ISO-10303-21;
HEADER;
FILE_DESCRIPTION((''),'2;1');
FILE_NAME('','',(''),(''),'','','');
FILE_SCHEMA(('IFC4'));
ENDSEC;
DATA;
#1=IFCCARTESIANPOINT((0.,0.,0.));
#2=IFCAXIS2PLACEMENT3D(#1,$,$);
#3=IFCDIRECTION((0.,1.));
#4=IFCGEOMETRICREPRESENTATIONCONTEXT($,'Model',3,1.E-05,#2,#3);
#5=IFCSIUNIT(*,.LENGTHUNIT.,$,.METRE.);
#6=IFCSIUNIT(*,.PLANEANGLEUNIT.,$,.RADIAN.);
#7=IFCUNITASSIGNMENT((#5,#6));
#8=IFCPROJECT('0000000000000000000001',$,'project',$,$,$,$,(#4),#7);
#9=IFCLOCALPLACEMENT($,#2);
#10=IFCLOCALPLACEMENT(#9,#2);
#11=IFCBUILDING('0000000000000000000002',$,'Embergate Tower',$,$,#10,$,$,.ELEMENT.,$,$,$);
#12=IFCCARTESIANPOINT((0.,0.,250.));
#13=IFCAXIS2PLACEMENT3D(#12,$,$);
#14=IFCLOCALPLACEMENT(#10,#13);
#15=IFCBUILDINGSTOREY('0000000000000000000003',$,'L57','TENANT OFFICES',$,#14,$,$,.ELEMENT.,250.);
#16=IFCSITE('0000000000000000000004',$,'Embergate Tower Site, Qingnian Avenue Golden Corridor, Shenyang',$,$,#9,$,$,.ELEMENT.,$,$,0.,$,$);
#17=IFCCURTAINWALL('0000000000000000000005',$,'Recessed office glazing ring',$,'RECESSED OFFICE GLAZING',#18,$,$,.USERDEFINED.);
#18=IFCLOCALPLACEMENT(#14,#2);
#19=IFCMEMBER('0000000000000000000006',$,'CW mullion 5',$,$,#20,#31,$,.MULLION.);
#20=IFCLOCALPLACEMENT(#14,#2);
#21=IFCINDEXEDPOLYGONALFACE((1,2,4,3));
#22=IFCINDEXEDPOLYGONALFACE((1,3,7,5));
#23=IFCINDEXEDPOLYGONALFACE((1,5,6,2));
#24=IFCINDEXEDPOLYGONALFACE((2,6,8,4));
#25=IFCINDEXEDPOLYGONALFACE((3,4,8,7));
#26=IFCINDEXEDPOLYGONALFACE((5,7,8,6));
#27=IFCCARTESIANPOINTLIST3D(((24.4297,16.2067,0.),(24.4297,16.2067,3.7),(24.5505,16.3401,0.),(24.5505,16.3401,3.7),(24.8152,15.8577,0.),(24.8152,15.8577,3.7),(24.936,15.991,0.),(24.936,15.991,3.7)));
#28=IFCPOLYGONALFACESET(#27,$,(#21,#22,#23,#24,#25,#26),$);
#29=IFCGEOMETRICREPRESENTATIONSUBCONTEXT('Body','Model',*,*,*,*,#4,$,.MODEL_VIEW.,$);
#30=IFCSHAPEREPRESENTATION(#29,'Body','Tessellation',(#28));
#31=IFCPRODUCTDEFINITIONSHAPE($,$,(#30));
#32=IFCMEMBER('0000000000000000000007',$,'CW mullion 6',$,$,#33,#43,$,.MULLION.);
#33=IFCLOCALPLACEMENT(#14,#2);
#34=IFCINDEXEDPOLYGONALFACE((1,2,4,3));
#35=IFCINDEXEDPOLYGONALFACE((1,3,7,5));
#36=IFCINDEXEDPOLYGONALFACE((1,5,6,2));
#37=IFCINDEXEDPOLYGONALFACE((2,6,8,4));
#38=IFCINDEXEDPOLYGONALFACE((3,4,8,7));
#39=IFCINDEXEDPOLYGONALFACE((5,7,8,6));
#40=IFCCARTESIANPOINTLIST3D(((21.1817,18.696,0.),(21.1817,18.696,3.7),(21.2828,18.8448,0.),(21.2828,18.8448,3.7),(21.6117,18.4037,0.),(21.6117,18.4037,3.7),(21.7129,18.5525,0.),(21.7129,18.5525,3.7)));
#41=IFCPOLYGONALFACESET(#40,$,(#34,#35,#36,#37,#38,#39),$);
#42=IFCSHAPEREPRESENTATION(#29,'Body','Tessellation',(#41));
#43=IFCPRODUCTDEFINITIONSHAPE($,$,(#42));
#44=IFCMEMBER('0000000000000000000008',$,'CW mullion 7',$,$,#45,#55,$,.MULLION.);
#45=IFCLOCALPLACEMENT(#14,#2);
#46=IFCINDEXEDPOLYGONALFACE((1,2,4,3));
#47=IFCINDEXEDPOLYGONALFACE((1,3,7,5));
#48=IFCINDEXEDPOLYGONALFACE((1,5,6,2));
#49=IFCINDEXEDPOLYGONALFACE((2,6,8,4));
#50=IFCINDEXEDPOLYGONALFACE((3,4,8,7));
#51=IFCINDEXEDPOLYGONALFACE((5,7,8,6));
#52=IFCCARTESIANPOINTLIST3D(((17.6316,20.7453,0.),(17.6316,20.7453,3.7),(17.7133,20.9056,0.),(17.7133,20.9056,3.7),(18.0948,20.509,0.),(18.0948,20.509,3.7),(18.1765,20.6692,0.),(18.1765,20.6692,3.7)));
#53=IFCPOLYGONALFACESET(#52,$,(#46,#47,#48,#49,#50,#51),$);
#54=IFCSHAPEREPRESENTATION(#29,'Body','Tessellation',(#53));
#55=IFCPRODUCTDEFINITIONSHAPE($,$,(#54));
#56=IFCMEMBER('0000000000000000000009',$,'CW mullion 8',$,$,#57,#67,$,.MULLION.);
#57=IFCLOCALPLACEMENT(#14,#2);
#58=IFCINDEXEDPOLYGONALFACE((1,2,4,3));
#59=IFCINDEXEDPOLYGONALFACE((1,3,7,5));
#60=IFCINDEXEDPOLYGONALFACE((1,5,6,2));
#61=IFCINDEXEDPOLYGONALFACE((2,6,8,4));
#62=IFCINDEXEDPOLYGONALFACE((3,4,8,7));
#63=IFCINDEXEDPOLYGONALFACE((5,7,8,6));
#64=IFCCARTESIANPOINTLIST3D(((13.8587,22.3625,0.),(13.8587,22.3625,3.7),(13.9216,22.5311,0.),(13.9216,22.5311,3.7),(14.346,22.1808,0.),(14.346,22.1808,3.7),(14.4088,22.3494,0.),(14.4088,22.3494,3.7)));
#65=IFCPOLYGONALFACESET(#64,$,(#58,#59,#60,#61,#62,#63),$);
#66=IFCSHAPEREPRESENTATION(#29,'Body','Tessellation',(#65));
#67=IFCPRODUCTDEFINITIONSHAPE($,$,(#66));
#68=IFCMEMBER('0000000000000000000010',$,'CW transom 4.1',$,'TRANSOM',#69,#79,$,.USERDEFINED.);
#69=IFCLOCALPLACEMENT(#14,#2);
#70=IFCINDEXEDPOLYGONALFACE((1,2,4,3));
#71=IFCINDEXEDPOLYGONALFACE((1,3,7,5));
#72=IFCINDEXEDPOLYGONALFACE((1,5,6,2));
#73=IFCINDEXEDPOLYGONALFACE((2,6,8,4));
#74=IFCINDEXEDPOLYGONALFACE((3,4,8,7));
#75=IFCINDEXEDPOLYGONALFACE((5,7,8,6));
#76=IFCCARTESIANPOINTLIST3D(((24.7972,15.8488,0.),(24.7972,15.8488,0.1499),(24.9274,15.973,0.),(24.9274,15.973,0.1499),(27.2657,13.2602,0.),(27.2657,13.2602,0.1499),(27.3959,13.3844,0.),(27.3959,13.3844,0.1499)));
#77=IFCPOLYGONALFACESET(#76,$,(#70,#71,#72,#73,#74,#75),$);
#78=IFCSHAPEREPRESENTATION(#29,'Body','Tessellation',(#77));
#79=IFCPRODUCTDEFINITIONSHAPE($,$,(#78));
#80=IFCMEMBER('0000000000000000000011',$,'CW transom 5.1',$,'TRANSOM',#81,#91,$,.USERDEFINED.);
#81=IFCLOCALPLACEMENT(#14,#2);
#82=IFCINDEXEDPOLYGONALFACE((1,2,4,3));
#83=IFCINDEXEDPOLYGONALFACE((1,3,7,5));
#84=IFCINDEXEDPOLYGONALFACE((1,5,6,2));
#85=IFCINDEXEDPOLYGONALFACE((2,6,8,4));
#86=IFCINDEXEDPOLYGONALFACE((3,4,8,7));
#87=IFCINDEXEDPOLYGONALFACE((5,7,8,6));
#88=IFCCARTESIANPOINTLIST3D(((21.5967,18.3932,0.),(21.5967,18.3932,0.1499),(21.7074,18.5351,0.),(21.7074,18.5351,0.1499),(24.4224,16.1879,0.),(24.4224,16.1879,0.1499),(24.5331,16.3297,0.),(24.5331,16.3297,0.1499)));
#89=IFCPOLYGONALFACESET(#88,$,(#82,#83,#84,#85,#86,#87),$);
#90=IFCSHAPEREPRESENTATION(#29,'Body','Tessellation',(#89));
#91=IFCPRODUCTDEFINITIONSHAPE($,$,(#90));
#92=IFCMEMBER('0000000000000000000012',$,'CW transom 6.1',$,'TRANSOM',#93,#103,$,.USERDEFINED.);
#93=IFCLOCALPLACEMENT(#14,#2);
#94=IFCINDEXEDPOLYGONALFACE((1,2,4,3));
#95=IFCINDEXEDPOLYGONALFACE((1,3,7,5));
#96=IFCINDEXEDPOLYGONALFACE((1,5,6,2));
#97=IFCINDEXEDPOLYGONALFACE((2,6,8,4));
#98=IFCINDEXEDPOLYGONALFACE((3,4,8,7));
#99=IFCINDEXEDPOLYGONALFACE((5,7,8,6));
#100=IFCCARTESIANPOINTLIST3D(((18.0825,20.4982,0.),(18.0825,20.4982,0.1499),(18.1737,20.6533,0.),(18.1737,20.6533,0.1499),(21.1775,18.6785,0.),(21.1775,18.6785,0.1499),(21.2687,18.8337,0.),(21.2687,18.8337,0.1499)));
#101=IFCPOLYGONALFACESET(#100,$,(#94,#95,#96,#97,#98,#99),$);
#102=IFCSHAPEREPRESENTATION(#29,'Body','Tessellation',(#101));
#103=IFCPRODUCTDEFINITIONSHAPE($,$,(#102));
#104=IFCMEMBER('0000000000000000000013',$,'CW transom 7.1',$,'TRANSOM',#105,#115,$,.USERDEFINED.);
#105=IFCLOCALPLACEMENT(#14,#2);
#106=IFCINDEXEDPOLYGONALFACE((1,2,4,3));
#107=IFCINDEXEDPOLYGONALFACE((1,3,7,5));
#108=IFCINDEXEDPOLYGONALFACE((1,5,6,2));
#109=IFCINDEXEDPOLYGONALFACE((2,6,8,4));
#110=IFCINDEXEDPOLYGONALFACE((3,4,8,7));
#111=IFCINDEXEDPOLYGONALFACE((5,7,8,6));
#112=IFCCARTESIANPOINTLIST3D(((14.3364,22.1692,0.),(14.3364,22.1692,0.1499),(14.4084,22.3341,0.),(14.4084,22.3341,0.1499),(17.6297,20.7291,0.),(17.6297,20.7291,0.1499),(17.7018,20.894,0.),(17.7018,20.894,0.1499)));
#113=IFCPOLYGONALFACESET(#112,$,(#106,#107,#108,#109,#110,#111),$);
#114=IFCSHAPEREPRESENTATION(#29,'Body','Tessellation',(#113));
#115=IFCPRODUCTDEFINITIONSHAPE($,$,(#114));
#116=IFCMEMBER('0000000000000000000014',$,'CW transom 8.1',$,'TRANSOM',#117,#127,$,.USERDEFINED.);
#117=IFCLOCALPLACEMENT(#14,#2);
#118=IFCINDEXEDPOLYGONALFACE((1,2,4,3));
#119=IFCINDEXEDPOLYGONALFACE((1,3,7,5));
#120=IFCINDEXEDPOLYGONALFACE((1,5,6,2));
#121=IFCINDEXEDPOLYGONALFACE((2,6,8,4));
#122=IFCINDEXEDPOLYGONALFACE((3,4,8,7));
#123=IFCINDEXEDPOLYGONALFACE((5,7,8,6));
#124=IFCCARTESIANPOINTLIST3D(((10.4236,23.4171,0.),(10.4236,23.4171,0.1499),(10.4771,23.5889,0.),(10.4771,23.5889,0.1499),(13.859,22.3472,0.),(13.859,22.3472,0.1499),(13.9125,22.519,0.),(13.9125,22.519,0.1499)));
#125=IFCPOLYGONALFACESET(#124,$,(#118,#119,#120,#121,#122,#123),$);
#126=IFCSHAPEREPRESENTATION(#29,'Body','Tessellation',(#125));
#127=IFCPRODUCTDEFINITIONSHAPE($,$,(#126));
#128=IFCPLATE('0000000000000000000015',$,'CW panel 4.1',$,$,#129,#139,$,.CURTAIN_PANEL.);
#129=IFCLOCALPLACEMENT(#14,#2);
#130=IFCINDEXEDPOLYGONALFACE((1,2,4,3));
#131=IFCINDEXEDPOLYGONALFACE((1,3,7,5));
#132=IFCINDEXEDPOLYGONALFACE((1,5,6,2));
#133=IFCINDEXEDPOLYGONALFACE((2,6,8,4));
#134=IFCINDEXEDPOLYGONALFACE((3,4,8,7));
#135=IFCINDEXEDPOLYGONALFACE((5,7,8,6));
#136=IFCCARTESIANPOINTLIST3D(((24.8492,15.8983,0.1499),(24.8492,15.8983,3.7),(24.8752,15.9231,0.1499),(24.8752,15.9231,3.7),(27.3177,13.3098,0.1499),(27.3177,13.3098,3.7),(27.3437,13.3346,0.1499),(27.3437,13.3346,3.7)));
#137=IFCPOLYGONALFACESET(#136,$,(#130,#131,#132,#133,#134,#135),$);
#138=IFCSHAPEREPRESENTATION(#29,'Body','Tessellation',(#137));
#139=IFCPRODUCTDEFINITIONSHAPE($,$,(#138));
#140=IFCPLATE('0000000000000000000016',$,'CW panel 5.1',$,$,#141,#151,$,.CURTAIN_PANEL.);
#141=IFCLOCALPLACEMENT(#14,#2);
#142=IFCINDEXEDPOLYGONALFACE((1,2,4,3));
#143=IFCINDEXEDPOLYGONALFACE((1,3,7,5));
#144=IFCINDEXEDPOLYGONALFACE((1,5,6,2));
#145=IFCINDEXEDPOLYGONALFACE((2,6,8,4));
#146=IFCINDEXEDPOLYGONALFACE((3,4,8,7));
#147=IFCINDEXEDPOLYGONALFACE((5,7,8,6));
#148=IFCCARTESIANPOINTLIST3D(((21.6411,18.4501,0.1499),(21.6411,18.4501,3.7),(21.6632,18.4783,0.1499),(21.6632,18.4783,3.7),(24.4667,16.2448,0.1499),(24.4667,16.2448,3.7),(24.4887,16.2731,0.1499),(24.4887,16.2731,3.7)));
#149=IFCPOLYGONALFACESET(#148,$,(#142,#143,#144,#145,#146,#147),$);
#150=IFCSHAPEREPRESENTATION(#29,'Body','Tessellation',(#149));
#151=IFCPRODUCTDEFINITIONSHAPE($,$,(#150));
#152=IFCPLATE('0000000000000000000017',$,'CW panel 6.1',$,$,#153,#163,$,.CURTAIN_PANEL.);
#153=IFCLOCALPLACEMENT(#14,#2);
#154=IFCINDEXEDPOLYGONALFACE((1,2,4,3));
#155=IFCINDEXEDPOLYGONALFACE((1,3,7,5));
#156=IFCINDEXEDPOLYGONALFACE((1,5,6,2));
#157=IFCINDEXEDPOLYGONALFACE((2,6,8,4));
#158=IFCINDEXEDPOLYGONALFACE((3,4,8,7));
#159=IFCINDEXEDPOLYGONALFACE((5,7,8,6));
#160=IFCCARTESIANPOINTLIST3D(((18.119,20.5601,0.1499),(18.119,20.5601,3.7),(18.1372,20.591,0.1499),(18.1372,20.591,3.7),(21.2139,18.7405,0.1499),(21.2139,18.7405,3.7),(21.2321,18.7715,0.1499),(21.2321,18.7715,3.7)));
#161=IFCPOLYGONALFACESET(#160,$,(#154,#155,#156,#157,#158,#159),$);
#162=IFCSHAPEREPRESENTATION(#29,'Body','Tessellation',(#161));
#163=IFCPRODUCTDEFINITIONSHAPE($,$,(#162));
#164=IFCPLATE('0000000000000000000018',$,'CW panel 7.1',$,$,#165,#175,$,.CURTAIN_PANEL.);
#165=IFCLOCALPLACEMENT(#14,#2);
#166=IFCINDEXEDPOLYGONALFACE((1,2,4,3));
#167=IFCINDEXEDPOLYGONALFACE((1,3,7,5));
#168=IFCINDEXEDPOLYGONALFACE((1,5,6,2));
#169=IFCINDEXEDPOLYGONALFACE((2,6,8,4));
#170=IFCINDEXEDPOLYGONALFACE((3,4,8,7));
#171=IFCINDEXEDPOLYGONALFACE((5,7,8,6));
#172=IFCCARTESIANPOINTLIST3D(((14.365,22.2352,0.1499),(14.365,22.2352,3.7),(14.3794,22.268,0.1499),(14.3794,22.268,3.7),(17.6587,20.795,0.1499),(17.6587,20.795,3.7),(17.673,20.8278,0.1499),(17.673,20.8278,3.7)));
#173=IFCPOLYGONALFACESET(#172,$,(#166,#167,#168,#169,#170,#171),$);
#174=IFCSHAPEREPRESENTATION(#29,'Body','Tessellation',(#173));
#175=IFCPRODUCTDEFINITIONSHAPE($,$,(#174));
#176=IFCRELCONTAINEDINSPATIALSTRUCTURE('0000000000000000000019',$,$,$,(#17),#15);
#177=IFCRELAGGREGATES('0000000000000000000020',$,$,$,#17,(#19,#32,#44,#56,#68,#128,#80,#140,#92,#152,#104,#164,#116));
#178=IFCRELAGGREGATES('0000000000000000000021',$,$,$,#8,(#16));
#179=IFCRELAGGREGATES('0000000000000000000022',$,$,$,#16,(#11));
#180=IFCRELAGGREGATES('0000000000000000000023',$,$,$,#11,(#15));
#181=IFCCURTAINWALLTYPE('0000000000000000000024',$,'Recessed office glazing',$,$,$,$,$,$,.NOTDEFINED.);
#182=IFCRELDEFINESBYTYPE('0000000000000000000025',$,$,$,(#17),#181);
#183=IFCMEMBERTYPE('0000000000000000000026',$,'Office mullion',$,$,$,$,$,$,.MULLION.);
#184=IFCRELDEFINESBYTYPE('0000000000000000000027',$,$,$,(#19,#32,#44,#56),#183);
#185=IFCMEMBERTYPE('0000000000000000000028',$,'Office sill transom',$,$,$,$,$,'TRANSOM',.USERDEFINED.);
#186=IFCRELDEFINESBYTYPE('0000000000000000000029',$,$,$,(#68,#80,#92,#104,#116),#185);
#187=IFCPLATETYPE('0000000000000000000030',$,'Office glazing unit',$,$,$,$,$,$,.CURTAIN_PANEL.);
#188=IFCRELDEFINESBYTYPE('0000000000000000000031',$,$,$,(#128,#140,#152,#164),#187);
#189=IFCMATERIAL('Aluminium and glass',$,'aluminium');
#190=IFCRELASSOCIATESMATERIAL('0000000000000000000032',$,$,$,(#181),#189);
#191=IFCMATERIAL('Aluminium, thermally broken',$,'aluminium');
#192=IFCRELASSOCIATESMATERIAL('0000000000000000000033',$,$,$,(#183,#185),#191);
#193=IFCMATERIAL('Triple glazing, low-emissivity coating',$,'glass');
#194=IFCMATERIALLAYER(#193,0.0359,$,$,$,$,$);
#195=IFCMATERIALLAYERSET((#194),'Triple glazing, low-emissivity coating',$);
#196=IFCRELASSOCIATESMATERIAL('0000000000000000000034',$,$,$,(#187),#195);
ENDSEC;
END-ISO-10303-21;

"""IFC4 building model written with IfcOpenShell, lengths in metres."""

from ifc_helpers import new_model, si_unit, direction, frame, origin, origin_2d, place, context, subcontext, project, spatial, rectangle, extrude, source, transform, mapped, material, layer, layer_set, material_profile, profile_set, type_object, element, aggregate, save


model = new_model("IFC4")

# Units and contexts
model_context = context("Model", 3, precision=1e-05, world=origin(), true_north=direction((0.0, 1.0)))
body_context = subcontext(model_context, "Body", "Model", "MODEL_VIEW")
ifc_project = project(units=[si_unit("LENGTHUNIT", "METRE"), si_unit("PLANEANGLEUNIT", "RADIAN")], contexts=[model_context])

# Site, building, storey
site_placement = place(None, origin())
site = spatial("IfcSite", under=ifc_project, at=site_placement, Name="Embergate Tower Site, Qingnian Avenue Golden Corridor, Shenyang", CompositionType="ELEMENT", RefElevation=0.0)
building_placement = place(site_placement, origin())
building = spatial("IfcBuilding", under=site, at=building_placement, Name="Embergate Tower", CompositionType="ELEMENT")
storey_placement = place(building_placement, frame((0.0, 0.0, 250.0)))
storey = spatial("IfcBuildingStorey", under=building, at=storey_placement, Name="L57", Description="TENANT OFFICES", CompositionType="ELEMENT", Elevation=250.0)

# Curtain wall, members, plates
ifc_material_1 = material(Name="Aluminium and glass", Category="aluminium")
curtain_wall_type = type_object("IfcCurtainWallType", Name="Recessed office glazing", PredefinedType="NOTDEFINED", material=ifc_material_1)
curtain_wall_placement = place(storey_placement, origin())
curtain_wall = element("IfcCurtainWall", 1, at=curtain_wall_placement, inside=storey, type_object=curtain_wall_type, Name="Recessed office glazing ring", ObjectType="RECESSED OFFICE GLAZING", PredefinedType="USERDEFINED")
ifc_material_2 = material(Name="Aluminium, thermally broken", Category="aluminium")
ifc_material_profile_1 = material_profile(ifc_material_2, rectangle(XDim=0.1799, YDim=0.52, at=origin_2d()), Name="AL 520x180")
ifc_profile_set_1 = profile_set([ifc_material_profile_1], Name="Aluminium, thermally broken")
member_type_1 = type_object("IfcMemberType", Name="Office mullion", PredefinedType="MULLION", material=ifc_profile_set_1)
shared_shape_1 = source(origin(), body_context, "Body", "SweptSolid", [
    extrude(rectangle(XDim=0.1799, YDim=0.52, at=origin_2d()), origin(), (0.0, 0.0, 1.0), 3.7),
])
member_1_placement = place(storey_placement, frame((24.6829, 16.0989, 0.0), z_axis=(0.0, 0.0, 1.0), x_axis=(-0.671224, -0.741255, 0.0)))
member_1 = element("IfcMember", 2, at=member_1_placement, type_object=member_type_1, Name="CW mullion 5", PredefinedType="MULLION", context=body_context, shape_type="MappedRepresentation", body=[
    mapped(shared_shape_1, transform((0.0, 0.0, 0.0))),
])
member_2_placement = place(storey_placement, frame((21.4473, 18.6243, 0.0), z_axis=(0.0, 0.0, 1.0), x_axis=(-0.562215, -0.826991, 0.0)))
member_2 = element("IfcMember", 3, at=member_2_placement, type_object=member_type_1, Name="CW mullion 6", PredefinedType="MULLION", context=body_context, shape_type="MappedRepresentation", body=[
    mapped(shared_shape_1, transform((0.0, 0.0, 0.0))),
])
member_3_placement = place(storey_placement, frame((17.9041, 20.7073, 0.0), z_axis=(0.0, 0.0, 1.0), x_axis=(-0.45451, -0.890742, 0.0)))
member_3 = element("IfcMember", 4, at=member_3_placement, type_object=member_type_1, Name="CW mullion 7", PredefinedType="MULLION", context=body_context, shape_type="MappedRepresentation", body=[
    mapped(shared_shape_1, transform((0.0, 0.0, 0.0))),
])
member_4_placement = place(storey_placement, frame((14.1338, 22.356, 0.0), z_axis=(0.0, 0.0, 1.0), x_axis=(-0.349503, -0.936935, 0.0)))
member_4 = element("IfcMember", 5, at=member_4_placement, type_object=member_type_1, Name="CW mullion 8", PredefinedType="MULLION", context=body_context, shape_type="MappedRepresentation", body=[
    mapped(shared_shape_1, transform((0.0, 0.0, 0.0))),
])
ifc_material_profile_2 = material_profile(ifc_material_2, rectangle(XDim=0.1799, YDim=0.1499, at=origin_2d()), Name="AL 150x180")
ifc_profile_set_2 = profile_set([ifc_material_profile_2], Name="Aluminium, thermally broken")
member_type_2 = type_object("IfcMemberType", Name="Office sill transom", ElementType="TRANSOM", PredefinedType="USERDEFINED", material=ifc_profile_set_2)
shared_shape_2 = source(origin(), body_context, "Body", "SweptSolid", [
    extrude(rectangle(XDim=0.1799, YDim=0.1499, at=origin_2d()), origin(), (0.0, 0.0, 1.0), 3.5769),
])
member_5_placement = place(storey_placement, frame((27.3308, 13.3223, 0.075), z_axis=(-0.690117, 0.723698, 0.0), x_axis=(-0.723698, -0.690117, 0.0)))
member_5 = element("IfcMember", 6, at=member_5_placement, type_object=member_type_2, Name="CW transom 4.1", ObjectType="TRANSOM", PredefinedType="USERDEFINED", context=body_context, shape_type="MappedRepresentation", body=[
    mapped(shared_shape_2, transform((0.0, 0.0, 0.0))),
])
shared_shape_3 = source(origin(), body_context, "Body", "SweptSolid", [
    extrude(rectangle(XDim=0.1799, YDim=0.1499, at=origin_2d()), origin(), (0.0, 0.0, 1.0), 3.5845),
])
member_6_placement = place(storey_placement, frame((24.4778, 16.2588, 0.075), z_axis=(-0.788328, 0.615255, 0.0), x_axis=(-0.615255, -0.788328, 0.0)))
member_6 = element("IfcMember", 7, at=member_6_placement, type_object=member_type_2, Name="CW transom 5.1", ObjectType="TRANSOM", PredefinedType="USERDEFINED", context=body_context, shape_type="MappedRepresentation", body=[
    mapped(shared_shape_3, transform((0.0, 0.0, 0.0))),
])
shared_shape_4 = source(origin(), body_context, "Body", "SweptSolid", [
    extrude(rectangle(XDim=0.1799, YDim=0.1499, at=origin_2d()), origin(), (0.0, 0.0, 1.0), 3.5903),
])
member_7_placement = place(storey_placement, frame((21.2231, 18.7561, 0.075), z_axis=(-0.862055, 0.506815, 0.0), x_axis=(-0.506815, -0.862055, 0.0)))
member_7 = element("IfcMember", 8, at=member_7_placement, type_object=member_type_2, Name="CW transom 6.1", ObjectType="TRANSOM", PredefinedType="USERDEFINED", context=body_context, shape_type="MappedRepresentation", body=[
    mapped(shared_shape_4, transform((0.0, 0.0, 0.0))),
])
shared_shape_5 = source(origin(), body_context, "Body", "SweptSolid", [
    extrude(rectangle(XDim=0.1799, YDim=0.1499, at=origin_2d()), origin(), (0.0, 0.0, 1.0), 3.5945),
])
member_8_placement = place(storey_placement, frame((17.6658, 20.8115, 0.075), z_axis=(-0.916229, 0.400655, 0.0), x_axis=(-0.400655, -0.916229, 0.0)))
member_8 = element("IfcMember", 9, at=member_8_placement, type_object=member_type_2, Name="CW transom 7.1", ObjectType="TRANSOM", PredefinedType="USERDEFINED", context=body_context, shape_type="MappedRepresentation", body=[
    mapped(shared_shape_5, transform((0.0, 0.0, 0.0))),
])
shared_shape_6 = source(origin(), body_context, "Body", "SweptSolid", [
    extrude(rectangle(XDim=0.1799, YDim=0.1499, at=origin_2d()), origin(), (0.0, 0.0, 1.0), 3.5981),
])
member_9_placement = place(storey_placement, frame((13.8857, 22.4331, 0.075), z_axis=(-0.954773, 0.297336, 0.0), x_axis=(-0.297336, -0.954773, 0.0)))
member_9 = element("IfcMember", 10, at=member_9_placement, type_object=member_type_2, Name="CW transom 8.1", ObjectType="TRANSOM", PredefinedType="USERDEFINED", context=body_context, shape_type="MappedRepresentation", body=[
    mapped(shared_shape_6, transform((0.0, 0.0, 0.0))),
])
ifc_material_3 = material(Name="Triple glazing, low-emissivity coating", Category="glass")
ifc_layer_1 = layer(ifc_material_3, 0.0359)
ifc_layer_set_1 = layer_set([ifc_layer_1], Name="Triple glazing, low-emissivity coating")
plate_type = type_object("IfcPlateType", Name="Office glazing unit", PredefinedType="CURTAIN_PANEL", material=ifc_layer_set_1)
shared_shape_7 = source(origin(), body_context, "Body", "SweptSolid", [
    extrude(rectangle(XDim=3.5769, YDim=0.0359, at=origin_2d()), origin(), (0.0, 0.0, 1.0), 3.55),
])
plate_1_placement = place(storey_placement, frame((26.0964, 14.6165, 0.1499), z_axis=(0.0, 0.0, 1.0), x_axis=(-0.690134, 0.723682, 0.0)))
plate_1 = element("IfcPlate", 11, at=plate_1_placement, type_object=plate_type, Name="CW panel 4.1", PredefinedType="CURTAIN_PANEL", context=body_context, shape_type="MappedRepresentation", body=[
    mapped(shared_shape_7, transform((0.0, 0.0, 0.0))),
])
shared_shape_8 = source(origin(), body_context, "Body", "SweptSolid", [
    extrude(rectangle(XDim=3.5842, YDim=0.0359, at=origin_2d()), origin(), (0.0, 0.0, 1.0), 3.55),
])
plate_2_placement = place(storey_placement, frame((23.0649, 17.3616, 0.1499), z_axis=(0.0, 0.0, 1.0), x_axis=(-0.788319, 0.615267, 0.0)))
plate_2 = element("IfcPlate", 12, at=plate_2_placement, type_object=plate_type, Name="CW panel 5.1", PredefinedType="CURTAIN_PANEL", context=body_context, shape_type="MappedRepresentation", body=[
    mapped(shared_shape_8, transform((0.0, 0.0, 0.0))),
])
shared_shape_9 = source(origin(), body_context, "Body", "SweptSolid", [
    extrude(rectangle(XDim=3.5901, YDim=0.0359, at=origin_2d()), origin(), (0.0, 0.0, 1.0), 3.55),
])
plate_3_placement = place(storey_placement, frame((19.6755, 19.6658, 0.1499), z_axis=(0.0, 0.0, 1.0), x_axis=(-0.862051, 0.506821, 0.0)))
plate_3 = element("IfcPlate", 13, at=plate_3_placement, type_object=plate_type, Name="CW panel 6.1", PredefinedType="CURTAIN_PANEL", context=body_context, shape_type="MappedRepresentation", body=[
    mapped(shared_shape_9, transform((0.0, 0.0, 0.0))),
])
shared_shape_10 = source(origin(), body_context, "Body", "SweptSolid", [
    extrude(rectangle(XDim=3.5947, YDim=0.0359, at=origin_2d()), origin(), (0.0, 0.0, 1.0), 3.55),
])
plate_4_placement = place(storey_placement, frame((16.019, 21.5315, 0.1499), z_axis=(0.0, 0.0, 1.0), x_axis=(-0.916235, 0.400642, 0.0)))
plate_4 = element("IfcPlate", 14, at=plate_4_placement, type_object=plate_type, Name="CW panel 7.1", PredefinedType="CURTAIN_PANEL", context=body_context, shape_type="MappedRepresentation", body=[
    mapped(shared_shape_10, transform((0.0, 0.0, 0.0))),
])
aggregate(curtain_wall, [member_1, member_2, member_3, member_4, member_5, plate_1, member_6, plate_2, member_7, plate_3, member_8, plate_4, member_9])

save(model, "model.ifc")
